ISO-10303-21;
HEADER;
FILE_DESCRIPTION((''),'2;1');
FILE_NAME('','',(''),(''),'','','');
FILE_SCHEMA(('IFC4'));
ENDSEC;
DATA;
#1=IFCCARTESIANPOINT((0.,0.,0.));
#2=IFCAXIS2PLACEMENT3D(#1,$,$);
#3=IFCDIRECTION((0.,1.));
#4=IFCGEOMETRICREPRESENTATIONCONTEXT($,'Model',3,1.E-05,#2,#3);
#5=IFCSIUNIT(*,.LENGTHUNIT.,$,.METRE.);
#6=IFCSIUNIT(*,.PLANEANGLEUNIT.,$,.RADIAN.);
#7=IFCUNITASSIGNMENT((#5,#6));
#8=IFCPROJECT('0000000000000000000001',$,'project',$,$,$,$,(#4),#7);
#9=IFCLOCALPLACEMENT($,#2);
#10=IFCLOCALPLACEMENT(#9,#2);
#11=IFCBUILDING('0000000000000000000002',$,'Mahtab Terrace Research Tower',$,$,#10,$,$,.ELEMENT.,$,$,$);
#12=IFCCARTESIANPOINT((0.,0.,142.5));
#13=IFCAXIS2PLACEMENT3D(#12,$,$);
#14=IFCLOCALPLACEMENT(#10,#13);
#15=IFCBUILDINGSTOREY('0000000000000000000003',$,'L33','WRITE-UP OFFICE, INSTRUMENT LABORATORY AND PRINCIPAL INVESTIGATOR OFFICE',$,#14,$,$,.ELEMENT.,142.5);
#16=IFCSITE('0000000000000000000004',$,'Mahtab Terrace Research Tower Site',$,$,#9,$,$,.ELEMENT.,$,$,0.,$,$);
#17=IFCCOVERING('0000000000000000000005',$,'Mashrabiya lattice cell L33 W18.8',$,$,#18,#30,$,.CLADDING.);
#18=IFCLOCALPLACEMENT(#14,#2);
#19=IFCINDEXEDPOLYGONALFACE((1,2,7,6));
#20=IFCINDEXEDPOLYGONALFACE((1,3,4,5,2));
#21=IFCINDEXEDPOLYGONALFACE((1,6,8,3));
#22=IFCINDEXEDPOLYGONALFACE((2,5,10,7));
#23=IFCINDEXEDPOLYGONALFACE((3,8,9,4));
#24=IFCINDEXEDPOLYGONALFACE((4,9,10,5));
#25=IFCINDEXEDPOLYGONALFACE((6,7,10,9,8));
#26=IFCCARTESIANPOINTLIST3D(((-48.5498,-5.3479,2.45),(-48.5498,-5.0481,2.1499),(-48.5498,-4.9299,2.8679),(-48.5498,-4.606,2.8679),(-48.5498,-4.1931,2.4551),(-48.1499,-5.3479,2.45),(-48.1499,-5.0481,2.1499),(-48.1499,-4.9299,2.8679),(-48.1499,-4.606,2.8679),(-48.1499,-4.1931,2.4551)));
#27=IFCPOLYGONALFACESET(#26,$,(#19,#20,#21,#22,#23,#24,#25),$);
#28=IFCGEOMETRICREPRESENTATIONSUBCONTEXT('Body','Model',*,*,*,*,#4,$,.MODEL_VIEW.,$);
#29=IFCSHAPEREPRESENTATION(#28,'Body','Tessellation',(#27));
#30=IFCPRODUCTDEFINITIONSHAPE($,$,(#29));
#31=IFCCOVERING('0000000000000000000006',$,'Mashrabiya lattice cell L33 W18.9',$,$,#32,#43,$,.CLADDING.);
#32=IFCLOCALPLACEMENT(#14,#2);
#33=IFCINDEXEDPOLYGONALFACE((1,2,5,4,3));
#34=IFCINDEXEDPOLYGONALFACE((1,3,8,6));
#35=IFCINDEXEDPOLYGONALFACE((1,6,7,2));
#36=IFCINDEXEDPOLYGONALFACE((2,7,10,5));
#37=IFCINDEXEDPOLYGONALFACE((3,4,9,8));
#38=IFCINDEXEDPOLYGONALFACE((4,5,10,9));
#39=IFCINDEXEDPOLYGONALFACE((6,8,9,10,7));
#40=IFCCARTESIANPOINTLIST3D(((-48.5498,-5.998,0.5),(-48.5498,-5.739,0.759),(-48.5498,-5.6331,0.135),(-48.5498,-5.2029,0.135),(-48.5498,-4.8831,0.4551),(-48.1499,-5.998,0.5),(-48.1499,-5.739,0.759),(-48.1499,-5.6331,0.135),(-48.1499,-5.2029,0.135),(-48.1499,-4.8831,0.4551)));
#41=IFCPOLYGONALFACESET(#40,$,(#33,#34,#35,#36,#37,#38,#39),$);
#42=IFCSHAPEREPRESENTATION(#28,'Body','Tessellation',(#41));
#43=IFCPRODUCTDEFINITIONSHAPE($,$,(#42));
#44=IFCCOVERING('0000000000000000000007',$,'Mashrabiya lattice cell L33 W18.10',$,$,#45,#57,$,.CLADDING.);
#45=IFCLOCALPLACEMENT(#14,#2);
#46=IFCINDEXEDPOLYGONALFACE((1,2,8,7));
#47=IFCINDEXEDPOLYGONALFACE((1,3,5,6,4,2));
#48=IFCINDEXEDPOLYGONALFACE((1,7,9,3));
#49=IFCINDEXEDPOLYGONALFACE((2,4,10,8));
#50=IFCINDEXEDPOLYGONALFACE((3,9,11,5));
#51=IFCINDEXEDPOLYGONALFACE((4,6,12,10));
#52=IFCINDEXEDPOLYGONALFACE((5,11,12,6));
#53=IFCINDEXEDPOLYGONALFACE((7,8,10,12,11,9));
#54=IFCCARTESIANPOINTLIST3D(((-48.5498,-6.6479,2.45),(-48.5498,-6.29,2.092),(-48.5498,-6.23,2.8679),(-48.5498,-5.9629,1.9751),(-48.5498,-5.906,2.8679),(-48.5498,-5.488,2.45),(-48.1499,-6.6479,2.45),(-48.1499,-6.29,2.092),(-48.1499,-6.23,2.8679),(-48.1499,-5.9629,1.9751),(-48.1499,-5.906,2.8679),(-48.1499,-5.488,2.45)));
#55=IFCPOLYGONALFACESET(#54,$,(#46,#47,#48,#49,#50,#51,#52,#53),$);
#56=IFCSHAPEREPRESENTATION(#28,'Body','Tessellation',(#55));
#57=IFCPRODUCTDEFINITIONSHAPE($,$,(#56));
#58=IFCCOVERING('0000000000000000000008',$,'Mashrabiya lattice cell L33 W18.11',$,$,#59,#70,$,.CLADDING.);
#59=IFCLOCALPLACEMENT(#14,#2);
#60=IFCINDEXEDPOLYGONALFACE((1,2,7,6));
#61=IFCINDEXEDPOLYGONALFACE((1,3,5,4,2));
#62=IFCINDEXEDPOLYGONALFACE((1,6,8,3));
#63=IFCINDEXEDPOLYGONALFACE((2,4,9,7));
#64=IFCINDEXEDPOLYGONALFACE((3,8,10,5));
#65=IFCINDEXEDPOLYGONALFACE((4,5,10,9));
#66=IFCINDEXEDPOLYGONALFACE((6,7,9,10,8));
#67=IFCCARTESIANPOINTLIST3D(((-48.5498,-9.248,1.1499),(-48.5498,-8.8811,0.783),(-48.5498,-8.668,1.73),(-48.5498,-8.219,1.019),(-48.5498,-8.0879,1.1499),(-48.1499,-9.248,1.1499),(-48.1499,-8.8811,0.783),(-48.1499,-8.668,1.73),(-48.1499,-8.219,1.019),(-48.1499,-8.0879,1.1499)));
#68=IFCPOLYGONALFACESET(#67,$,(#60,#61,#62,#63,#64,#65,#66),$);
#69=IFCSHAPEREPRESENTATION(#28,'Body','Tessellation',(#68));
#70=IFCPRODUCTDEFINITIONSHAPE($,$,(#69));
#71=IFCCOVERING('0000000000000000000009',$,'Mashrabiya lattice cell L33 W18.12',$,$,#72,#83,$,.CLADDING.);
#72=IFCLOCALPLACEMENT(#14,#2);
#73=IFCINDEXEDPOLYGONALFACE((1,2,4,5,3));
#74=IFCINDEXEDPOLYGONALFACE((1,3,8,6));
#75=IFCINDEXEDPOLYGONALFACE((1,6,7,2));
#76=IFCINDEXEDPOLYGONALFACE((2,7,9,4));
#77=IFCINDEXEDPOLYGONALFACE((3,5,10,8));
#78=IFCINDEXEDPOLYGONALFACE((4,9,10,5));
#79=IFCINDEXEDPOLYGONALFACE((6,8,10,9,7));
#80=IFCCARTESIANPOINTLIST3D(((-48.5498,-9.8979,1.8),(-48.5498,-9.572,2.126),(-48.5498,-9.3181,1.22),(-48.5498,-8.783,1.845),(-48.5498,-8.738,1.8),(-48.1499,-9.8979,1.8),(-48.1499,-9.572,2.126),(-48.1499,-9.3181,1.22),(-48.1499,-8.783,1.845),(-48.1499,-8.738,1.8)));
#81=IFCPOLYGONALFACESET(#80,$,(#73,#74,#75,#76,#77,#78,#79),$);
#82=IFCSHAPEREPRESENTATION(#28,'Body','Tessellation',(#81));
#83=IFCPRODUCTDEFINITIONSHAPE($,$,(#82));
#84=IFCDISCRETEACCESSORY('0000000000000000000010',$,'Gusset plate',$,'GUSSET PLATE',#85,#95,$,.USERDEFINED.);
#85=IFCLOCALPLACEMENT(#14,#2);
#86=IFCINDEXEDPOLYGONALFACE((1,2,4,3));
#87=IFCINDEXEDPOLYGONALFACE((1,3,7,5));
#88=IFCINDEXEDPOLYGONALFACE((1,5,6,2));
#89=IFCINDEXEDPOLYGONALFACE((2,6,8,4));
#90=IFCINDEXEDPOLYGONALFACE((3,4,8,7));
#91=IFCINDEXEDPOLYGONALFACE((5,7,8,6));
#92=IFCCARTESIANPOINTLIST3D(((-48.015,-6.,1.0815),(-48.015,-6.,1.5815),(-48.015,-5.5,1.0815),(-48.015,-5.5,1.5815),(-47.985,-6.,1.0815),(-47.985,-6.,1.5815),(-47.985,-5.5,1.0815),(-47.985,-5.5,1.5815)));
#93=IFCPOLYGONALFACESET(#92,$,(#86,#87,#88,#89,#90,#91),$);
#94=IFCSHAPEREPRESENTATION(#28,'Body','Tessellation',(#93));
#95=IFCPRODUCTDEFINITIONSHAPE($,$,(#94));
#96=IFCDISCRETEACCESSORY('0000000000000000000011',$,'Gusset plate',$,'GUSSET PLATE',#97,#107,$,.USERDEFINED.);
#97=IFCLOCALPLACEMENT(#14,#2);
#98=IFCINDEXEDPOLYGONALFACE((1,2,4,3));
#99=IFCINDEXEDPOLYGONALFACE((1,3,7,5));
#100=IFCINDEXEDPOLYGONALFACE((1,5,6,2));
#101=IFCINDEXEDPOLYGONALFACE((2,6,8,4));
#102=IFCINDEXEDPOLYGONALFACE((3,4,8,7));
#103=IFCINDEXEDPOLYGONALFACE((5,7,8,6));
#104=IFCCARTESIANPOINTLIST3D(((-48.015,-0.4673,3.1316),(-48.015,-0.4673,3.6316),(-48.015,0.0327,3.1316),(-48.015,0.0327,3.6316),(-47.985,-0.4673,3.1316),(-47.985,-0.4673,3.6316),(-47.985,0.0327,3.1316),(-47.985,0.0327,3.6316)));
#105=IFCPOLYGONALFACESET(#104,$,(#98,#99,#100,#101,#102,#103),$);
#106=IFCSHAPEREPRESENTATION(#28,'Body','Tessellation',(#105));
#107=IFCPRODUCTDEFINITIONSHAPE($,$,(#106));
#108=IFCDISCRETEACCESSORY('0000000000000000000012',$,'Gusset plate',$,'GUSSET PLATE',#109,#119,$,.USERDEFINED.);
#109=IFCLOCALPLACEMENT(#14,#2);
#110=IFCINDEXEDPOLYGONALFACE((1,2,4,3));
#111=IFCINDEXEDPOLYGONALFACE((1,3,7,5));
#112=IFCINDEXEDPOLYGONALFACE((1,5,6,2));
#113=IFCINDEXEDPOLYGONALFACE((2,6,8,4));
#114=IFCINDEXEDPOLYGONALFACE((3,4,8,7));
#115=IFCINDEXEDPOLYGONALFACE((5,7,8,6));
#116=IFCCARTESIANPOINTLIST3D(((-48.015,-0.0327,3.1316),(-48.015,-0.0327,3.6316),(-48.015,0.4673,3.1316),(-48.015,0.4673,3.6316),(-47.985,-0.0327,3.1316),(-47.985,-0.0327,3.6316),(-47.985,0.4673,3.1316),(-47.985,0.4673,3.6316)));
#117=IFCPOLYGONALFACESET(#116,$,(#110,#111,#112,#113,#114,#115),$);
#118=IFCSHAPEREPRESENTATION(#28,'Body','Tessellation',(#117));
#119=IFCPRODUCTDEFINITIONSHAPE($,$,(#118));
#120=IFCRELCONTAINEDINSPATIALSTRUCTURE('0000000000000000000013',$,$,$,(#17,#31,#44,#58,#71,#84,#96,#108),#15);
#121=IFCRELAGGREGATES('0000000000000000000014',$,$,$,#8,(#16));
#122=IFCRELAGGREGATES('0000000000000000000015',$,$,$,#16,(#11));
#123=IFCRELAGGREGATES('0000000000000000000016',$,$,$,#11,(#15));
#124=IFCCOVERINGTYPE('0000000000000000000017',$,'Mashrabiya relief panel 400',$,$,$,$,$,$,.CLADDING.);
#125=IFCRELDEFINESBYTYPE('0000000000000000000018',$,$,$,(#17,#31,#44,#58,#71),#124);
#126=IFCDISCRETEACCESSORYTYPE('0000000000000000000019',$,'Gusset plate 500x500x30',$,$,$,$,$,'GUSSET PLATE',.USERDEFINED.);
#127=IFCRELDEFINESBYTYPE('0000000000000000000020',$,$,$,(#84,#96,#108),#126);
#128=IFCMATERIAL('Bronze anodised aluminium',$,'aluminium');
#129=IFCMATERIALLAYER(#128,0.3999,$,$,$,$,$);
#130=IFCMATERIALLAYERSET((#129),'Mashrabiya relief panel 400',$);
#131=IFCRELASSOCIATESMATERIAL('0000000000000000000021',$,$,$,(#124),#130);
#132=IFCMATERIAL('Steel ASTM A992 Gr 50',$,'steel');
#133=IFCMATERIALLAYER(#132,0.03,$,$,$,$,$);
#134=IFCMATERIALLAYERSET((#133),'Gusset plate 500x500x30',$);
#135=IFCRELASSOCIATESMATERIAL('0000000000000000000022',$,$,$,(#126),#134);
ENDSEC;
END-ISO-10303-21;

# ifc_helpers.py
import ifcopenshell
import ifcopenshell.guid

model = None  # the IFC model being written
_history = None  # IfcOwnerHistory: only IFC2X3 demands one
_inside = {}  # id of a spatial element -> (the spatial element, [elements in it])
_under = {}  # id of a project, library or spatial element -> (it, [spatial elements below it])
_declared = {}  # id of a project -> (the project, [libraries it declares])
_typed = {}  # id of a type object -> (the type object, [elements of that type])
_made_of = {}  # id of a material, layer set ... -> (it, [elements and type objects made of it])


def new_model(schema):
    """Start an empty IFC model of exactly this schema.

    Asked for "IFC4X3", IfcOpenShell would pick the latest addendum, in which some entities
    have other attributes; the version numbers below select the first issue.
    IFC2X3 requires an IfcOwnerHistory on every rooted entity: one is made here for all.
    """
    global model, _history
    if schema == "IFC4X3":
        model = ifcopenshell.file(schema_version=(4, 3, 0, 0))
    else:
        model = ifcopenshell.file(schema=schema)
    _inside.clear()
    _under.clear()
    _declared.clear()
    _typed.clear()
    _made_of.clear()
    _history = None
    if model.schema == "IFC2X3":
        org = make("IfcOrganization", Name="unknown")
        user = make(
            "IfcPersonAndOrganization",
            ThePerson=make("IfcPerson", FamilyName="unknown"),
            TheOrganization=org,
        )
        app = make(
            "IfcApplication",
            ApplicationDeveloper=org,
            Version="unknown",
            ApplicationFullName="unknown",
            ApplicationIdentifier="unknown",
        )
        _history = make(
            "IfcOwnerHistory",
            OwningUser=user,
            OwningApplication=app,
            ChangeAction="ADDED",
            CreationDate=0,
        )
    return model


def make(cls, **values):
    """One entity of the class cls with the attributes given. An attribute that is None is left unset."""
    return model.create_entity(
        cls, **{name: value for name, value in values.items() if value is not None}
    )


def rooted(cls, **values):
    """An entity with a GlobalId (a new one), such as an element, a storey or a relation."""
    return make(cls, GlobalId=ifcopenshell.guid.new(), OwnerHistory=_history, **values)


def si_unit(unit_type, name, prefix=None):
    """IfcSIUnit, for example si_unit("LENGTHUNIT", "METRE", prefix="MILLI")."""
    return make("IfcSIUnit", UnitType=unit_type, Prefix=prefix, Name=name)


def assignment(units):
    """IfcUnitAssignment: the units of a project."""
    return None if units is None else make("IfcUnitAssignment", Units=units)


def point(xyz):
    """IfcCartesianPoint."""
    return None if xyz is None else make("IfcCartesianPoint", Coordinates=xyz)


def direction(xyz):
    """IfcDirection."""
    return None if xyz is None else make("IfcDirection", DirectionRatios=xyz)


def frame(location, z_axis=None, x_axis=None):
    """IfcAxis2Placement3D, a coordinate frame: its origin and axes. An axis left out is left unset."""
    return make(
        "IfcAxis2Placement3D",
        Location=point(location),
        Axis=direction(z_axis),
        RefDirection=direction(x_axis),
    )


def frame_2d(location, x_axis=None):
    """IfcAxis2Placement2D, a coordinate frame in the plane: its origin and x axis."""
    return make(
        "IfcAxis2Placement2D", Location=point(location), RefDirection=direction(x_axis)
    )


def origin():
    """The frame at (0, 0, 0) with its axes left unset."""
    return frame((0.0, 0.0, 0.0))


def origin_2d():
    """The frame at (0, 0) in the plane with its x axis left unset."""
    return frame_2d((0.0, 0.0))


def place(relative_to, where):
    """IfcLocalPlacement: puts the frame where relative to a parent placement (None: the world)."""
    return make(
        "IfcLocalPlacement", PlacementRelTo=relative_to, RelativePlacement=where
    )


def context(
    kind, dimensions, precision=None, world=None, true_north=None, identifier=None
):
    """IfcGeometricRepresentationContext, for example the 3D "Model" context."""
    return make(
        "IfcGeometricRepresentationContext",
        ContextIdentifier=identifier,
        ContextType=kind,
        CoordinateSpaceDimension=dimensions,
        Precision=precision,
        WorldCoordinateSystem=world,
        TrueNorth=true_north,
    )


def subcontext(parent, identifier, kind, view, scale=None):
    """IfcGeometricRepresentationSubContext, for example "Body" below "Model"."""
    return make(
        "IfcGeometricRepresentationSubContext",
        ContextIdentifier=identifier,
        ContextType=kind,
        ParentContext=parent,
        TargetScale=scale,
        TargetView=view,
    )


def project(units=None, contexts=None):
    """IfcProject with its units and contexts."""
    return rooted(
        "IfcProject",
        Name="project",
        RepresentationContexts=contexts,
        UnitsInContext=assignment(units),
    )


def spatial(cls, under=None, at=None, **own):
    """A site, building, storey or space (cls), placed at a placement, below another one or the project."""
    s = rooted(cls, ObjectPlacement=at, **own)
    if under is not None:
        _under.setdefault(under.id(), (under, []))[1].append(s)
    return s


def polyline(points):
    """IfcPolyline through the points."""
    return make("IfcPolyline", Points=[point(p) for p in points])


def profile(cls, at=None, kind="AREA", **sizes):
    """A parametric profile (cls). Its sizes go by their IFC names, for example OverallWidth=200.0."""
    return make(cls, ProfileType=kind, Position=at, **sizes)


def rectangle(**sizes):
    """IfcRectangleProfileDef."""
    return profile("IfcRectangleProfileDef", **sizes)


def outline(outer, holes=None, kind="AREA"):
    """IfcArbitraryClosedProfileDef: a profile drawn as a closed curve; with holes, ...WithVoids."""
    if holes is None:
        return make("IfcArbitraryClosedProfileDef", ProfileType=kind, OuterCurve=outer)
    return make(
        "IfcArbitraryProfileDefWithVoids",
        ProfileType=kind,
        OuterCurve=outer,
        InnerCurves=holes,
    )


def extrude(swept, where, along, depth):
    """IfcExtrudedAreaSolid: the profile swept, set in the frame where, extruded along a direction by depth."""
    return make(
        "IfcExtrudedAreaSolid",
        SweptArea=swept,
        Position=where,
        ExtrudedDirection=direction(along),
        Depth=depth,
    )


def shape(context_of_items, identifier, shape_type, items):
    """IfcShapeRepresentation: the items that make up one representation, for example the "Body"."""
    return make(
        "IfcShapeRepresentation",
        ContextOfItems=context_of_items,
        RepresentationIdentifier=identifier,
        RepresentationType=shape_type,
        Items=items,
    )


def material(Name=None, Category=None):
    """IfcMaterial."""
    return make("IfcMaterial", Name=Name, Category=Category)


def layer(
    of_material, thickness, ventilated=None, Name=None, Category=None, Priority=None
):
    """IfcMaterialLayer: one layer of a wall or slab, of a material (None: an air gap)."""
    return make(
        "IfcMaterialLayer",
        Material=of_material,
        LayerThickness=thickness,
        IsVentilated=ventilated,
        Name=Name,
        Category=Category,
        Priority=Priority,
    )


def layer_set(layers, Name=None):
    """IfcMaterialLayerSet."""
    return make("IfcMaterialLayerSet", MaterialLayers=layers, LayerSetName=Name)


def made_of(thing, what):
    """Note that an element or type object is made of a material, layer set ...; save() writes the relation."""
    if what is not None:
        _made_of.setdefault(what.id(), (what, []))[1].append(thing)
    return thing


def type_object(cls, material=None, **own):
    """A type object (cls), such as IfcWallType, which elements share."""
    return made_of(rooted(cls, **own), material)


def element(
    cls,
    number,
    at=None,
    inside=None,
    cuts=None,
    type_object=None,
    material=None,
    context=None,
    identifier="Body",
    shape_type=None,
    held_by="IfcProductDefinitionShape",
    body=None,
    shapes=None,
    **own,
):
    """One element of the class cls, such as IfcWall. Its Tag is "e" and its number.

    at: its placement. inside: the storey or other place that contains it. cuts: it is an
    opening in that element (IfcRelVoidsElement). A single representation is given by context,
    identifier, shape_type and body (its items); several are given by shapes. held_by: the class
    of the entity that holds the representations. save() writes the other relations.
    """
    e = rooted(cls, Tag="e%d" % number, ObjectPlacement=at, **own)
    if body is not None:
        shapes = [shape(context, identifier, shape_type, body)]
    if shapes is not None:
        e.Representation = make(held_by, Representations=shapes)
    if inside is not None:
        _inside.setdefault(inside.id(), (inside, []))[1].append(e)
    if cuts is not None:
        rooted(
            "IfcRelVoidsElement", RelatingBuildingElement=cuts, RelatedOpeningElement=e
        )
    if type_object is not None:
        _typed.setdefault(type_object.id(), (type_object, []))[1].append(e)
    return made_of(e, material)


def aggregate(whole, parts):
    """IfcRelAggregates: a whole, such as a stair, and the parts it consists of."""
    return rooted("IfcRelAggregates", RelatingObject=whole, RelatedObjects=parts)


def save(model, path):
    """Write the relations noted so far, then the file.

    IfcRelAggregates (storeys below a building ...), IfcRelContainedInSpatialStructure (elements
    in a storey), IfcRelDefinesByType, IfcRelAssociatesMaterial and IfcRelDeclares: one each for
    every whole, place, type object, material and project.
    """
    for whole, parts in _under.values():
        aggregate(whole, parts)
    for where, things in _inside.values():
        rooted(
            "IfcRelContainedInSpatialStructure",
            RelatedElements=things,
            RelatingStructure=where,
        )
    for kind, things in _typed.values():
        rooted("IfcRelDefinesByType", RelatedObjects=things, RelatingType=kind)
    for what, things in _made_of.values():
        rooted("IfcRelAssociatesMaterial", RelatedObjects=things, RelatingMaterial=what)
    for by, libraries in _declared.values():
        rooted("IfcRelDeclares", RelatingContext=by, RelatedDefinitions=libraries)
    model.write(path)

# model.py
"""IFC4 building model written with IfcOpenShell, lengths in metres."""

from ifc_helpers import new_model, si_unit, direction, frame, origin, origin_2d, place, context, subcontext, project, spatial, polyline, rectangle, outline, extrude, material, layer, layer_set, type_object, element, save


model = new_model("IFC4")

# Units and contexts
model_context = context("Model", 3, precision=1e-05, world=origin(), true_north=direction((0.0, 1.0)))
body_context = subcontext(model_context, "Body", "Model", "MODEL_VIEW")
ifc_project = project(units=[si_unit("LENGTHUNIT", "METRE"), si_unit("PLANEANGLEUNIT", "RADIAN")], contexts=[model_context])

# Site, building, storey
site_placement = place(None, origin())
site = spatial("IfcSite", under=ifc_project, at=site_placement, Name="Mahtab Terrace Research Tower Site", CompositionType="ELEMENT", RefElevation=0.0)
building_placement = place(site_placement, origin())
building = spatial("IfcBuilding", under=site, at=building_placement, Name="Mahtab Terrace Research Tower", CompositionType="ELEMENT")
storey_placement = place(building_placement, frame((0.0, 0.0, 142.5)))
storey = spatial("IfcBuildingStorey", under=building, at=storey_placement, Name="L33", Description="WRITE-UP OFFICE, INSTRUMENT LABORATORY AND PRINCIPAL INVESTIGATOR OFFICE", CompositionType="ELEMENT", Elevation=142.5)

# Shared definitions
ifc_material_1 = material(Name="Steel ASTM A992 Gr 50", Category="steel")

# Coverings
ifc_material_2 = material(Name="Bronze anodised aluminium", Category="aluminium")
ifc_layer_1 = layer(ifc_material_2, 0.3999)
ifc_layer_set_1 = layer_set([ifc_layer_1], Name="Mashrabiya relief panel 400")
covering_type = type_object("IfcCoveringType", Name="Mashrabiya relief panel 400", PredefinedType="CLADDING", material=ifc_layer_set_1)
covering_1_placement = place(storey_placement, frame((-48.1499, -5.3479, 2.45), z_axis=(1.0, 0.0, 0.0), x_axis=(0.0, 0.706819, -0.707395)))
element("IfcCovering", 1, at=covering_1_placement, inside=storey, type_object=covering_type, Name="Mashrabiya lattice cell L33 W18.8", PredefinedType="CLADDING", context=body_context, shape_type="SweptSolid", body=[
    extrude(outline(polyline([(0.0, 0.0), (0.4242, 0.0), (0.8126, 0.8205), (0.2288, 0.8203), (-0.0002, 0.5911), (0.0, 0.0)])), origin(), (0.0, 0.0, -1.0), 0.3999),
])
covering_2_placement = place(storey_placement, frame((-48.1499, -4.8831, 0.4551), z_axis=(1.0, 0.0, 0.0), x_axis=(0.0, -0.942348, 0.334633)))
element("IfcCovering", 2, at=covering_2_placement, inside=storey, type_object=covering_type, Name="Mashrabiya lattice cell L33 W18.9", PredefinedType="CLADDING", context=body_context, shape_type="SweptSolid", body=[
    extrude(outline(polyline([(0.0, 0.0), (0.9083, 0.0), (1.0657, 0.3308), (0.5997, 0.5526), (0.1943, 0.4086), (0.0, 0.0)])), origin(), (0.0, 0.0, -1.0), 0.3999),
])
covering_3_placement = place(storey_placement, frame((-48.1499, -5.488, 2.45), z_axis=(1.0, 0.0, 0.0), x_axis=(0.0, -0.707107, 0.707107)))
element("IfcCovering", 3, at=covering_3_placement, inside=storey, type_object=covering_type, Name="Mashrabiya lattice cell L33 W18.10", PredefinedType="CLADDING", context=body_context, shape_type="SweptSolid", body=[
    extrude(outline(polyline([(0.0, 0.0), (0.5911, 0.0), (0.8202, 0.2291), (0.8202, 0.8202), (0.314, 0.8202), (0.0, 0.6715), (0.0, 0.0)])), origin(), (0.0, 0.0, -1.0), 0.3999),
])
covering_4_placement = place(storey_placement, frame((-48.1499, -8.0879, 1.1499), z_axis=(1.0, 0.0, 0.0), x_axis=(0.0, -0.707107, 0.707107)))
element("IfcCovering", 4, at=covering_4_placement, inside=storey, type_object=covering_type, Name="Mashrabiya lattice cell L33 W18.11", PredefinedType="CLADDING", context=body_context, shape_type="SweptSolid", body=[
    extrude(outline(polyline([(0.0, 0.0), (0.8204, 0.0), (0.8204, 0.8204), (0.3014, 0.8204), (0.0002, 0.1852), (0.0, 0.0)])), origin(), (0.0, 0.0, -1.0), 0.3999),
])
covering_5_placement = place(storey_placement, frame((-48.1499, -9.8979, 1.8), z_axis=(1.0, 0.0, 0.0), x_axis=(0.0, 0.706958, -0.707256)))
element("IfcCovering", 5, at=covering_5_placement, inside=storey, type_object=covering_type, Name="Mashrabiya lattice cell L33 W18.12", PredefinedType="CLADDING", context=body_context, shape_type="SweptSolid", body=[
    extrude(outline(polyline([(0.0, 0.0), (0.8202, 0.0), (0.82, 0.8204), (0.7565, 0.8203), (-0.0001, 0.4609), (0.0, 0.0)])), origin(), (0.0, 0.0, -1.0), 0.3999),
])

# Discrete accessories
ifc_layer_2 = layer(ifc_material_1, 0.03)
ifc_layer_set_2 = layer_set([ifc_layer_2], Name="Gusset plate 500x500x30")
discrete_accessory_type = type_object("IfcDiscreteAccessoryType", Name="Gusset plate 500x500x30", ElementType="GUSSET PLATE", PredefinedType="USERDEFINED", material=ifc_layer_set_2)
for number, where, z_axis, x_axis, name in (
    (6, (-48.0, -5.75, 1.0815), (0.0, 0.0, 1.0), (0.0, 1.0, 0.0), "Gusset plate"),
    (7, (-48.0, -0.2173, 3.1316), (0.0, 0.0, 1.0), (0.0, 1.0, 0.0), "Gusset plate"),
    (8, (-48.0, 0.2173, 3.1316), (0.0, 0.0, 1.0), (0.0, 1.0, 0.0), "Gusset plate"),
):
    element("IfcDiscreteAccessory", number, at=place(storey_placement, frame(where, z_axis=z_axis, x_axis=x_axis)), inside=storey, type_object=discrete_accessory_type, Name=name, ObjectType="GUSSET PLATE", PredefinedType="USERDEFINED", context=body_context, shape_type="SweptSolid", body=[
        extrude(rectangle(XDim=0.5, YDim=0.03, at=origin_2d()), origin(), (0.0, 0.0, 1.0), 0.5),
    ])

save(model, "model.ifc")
